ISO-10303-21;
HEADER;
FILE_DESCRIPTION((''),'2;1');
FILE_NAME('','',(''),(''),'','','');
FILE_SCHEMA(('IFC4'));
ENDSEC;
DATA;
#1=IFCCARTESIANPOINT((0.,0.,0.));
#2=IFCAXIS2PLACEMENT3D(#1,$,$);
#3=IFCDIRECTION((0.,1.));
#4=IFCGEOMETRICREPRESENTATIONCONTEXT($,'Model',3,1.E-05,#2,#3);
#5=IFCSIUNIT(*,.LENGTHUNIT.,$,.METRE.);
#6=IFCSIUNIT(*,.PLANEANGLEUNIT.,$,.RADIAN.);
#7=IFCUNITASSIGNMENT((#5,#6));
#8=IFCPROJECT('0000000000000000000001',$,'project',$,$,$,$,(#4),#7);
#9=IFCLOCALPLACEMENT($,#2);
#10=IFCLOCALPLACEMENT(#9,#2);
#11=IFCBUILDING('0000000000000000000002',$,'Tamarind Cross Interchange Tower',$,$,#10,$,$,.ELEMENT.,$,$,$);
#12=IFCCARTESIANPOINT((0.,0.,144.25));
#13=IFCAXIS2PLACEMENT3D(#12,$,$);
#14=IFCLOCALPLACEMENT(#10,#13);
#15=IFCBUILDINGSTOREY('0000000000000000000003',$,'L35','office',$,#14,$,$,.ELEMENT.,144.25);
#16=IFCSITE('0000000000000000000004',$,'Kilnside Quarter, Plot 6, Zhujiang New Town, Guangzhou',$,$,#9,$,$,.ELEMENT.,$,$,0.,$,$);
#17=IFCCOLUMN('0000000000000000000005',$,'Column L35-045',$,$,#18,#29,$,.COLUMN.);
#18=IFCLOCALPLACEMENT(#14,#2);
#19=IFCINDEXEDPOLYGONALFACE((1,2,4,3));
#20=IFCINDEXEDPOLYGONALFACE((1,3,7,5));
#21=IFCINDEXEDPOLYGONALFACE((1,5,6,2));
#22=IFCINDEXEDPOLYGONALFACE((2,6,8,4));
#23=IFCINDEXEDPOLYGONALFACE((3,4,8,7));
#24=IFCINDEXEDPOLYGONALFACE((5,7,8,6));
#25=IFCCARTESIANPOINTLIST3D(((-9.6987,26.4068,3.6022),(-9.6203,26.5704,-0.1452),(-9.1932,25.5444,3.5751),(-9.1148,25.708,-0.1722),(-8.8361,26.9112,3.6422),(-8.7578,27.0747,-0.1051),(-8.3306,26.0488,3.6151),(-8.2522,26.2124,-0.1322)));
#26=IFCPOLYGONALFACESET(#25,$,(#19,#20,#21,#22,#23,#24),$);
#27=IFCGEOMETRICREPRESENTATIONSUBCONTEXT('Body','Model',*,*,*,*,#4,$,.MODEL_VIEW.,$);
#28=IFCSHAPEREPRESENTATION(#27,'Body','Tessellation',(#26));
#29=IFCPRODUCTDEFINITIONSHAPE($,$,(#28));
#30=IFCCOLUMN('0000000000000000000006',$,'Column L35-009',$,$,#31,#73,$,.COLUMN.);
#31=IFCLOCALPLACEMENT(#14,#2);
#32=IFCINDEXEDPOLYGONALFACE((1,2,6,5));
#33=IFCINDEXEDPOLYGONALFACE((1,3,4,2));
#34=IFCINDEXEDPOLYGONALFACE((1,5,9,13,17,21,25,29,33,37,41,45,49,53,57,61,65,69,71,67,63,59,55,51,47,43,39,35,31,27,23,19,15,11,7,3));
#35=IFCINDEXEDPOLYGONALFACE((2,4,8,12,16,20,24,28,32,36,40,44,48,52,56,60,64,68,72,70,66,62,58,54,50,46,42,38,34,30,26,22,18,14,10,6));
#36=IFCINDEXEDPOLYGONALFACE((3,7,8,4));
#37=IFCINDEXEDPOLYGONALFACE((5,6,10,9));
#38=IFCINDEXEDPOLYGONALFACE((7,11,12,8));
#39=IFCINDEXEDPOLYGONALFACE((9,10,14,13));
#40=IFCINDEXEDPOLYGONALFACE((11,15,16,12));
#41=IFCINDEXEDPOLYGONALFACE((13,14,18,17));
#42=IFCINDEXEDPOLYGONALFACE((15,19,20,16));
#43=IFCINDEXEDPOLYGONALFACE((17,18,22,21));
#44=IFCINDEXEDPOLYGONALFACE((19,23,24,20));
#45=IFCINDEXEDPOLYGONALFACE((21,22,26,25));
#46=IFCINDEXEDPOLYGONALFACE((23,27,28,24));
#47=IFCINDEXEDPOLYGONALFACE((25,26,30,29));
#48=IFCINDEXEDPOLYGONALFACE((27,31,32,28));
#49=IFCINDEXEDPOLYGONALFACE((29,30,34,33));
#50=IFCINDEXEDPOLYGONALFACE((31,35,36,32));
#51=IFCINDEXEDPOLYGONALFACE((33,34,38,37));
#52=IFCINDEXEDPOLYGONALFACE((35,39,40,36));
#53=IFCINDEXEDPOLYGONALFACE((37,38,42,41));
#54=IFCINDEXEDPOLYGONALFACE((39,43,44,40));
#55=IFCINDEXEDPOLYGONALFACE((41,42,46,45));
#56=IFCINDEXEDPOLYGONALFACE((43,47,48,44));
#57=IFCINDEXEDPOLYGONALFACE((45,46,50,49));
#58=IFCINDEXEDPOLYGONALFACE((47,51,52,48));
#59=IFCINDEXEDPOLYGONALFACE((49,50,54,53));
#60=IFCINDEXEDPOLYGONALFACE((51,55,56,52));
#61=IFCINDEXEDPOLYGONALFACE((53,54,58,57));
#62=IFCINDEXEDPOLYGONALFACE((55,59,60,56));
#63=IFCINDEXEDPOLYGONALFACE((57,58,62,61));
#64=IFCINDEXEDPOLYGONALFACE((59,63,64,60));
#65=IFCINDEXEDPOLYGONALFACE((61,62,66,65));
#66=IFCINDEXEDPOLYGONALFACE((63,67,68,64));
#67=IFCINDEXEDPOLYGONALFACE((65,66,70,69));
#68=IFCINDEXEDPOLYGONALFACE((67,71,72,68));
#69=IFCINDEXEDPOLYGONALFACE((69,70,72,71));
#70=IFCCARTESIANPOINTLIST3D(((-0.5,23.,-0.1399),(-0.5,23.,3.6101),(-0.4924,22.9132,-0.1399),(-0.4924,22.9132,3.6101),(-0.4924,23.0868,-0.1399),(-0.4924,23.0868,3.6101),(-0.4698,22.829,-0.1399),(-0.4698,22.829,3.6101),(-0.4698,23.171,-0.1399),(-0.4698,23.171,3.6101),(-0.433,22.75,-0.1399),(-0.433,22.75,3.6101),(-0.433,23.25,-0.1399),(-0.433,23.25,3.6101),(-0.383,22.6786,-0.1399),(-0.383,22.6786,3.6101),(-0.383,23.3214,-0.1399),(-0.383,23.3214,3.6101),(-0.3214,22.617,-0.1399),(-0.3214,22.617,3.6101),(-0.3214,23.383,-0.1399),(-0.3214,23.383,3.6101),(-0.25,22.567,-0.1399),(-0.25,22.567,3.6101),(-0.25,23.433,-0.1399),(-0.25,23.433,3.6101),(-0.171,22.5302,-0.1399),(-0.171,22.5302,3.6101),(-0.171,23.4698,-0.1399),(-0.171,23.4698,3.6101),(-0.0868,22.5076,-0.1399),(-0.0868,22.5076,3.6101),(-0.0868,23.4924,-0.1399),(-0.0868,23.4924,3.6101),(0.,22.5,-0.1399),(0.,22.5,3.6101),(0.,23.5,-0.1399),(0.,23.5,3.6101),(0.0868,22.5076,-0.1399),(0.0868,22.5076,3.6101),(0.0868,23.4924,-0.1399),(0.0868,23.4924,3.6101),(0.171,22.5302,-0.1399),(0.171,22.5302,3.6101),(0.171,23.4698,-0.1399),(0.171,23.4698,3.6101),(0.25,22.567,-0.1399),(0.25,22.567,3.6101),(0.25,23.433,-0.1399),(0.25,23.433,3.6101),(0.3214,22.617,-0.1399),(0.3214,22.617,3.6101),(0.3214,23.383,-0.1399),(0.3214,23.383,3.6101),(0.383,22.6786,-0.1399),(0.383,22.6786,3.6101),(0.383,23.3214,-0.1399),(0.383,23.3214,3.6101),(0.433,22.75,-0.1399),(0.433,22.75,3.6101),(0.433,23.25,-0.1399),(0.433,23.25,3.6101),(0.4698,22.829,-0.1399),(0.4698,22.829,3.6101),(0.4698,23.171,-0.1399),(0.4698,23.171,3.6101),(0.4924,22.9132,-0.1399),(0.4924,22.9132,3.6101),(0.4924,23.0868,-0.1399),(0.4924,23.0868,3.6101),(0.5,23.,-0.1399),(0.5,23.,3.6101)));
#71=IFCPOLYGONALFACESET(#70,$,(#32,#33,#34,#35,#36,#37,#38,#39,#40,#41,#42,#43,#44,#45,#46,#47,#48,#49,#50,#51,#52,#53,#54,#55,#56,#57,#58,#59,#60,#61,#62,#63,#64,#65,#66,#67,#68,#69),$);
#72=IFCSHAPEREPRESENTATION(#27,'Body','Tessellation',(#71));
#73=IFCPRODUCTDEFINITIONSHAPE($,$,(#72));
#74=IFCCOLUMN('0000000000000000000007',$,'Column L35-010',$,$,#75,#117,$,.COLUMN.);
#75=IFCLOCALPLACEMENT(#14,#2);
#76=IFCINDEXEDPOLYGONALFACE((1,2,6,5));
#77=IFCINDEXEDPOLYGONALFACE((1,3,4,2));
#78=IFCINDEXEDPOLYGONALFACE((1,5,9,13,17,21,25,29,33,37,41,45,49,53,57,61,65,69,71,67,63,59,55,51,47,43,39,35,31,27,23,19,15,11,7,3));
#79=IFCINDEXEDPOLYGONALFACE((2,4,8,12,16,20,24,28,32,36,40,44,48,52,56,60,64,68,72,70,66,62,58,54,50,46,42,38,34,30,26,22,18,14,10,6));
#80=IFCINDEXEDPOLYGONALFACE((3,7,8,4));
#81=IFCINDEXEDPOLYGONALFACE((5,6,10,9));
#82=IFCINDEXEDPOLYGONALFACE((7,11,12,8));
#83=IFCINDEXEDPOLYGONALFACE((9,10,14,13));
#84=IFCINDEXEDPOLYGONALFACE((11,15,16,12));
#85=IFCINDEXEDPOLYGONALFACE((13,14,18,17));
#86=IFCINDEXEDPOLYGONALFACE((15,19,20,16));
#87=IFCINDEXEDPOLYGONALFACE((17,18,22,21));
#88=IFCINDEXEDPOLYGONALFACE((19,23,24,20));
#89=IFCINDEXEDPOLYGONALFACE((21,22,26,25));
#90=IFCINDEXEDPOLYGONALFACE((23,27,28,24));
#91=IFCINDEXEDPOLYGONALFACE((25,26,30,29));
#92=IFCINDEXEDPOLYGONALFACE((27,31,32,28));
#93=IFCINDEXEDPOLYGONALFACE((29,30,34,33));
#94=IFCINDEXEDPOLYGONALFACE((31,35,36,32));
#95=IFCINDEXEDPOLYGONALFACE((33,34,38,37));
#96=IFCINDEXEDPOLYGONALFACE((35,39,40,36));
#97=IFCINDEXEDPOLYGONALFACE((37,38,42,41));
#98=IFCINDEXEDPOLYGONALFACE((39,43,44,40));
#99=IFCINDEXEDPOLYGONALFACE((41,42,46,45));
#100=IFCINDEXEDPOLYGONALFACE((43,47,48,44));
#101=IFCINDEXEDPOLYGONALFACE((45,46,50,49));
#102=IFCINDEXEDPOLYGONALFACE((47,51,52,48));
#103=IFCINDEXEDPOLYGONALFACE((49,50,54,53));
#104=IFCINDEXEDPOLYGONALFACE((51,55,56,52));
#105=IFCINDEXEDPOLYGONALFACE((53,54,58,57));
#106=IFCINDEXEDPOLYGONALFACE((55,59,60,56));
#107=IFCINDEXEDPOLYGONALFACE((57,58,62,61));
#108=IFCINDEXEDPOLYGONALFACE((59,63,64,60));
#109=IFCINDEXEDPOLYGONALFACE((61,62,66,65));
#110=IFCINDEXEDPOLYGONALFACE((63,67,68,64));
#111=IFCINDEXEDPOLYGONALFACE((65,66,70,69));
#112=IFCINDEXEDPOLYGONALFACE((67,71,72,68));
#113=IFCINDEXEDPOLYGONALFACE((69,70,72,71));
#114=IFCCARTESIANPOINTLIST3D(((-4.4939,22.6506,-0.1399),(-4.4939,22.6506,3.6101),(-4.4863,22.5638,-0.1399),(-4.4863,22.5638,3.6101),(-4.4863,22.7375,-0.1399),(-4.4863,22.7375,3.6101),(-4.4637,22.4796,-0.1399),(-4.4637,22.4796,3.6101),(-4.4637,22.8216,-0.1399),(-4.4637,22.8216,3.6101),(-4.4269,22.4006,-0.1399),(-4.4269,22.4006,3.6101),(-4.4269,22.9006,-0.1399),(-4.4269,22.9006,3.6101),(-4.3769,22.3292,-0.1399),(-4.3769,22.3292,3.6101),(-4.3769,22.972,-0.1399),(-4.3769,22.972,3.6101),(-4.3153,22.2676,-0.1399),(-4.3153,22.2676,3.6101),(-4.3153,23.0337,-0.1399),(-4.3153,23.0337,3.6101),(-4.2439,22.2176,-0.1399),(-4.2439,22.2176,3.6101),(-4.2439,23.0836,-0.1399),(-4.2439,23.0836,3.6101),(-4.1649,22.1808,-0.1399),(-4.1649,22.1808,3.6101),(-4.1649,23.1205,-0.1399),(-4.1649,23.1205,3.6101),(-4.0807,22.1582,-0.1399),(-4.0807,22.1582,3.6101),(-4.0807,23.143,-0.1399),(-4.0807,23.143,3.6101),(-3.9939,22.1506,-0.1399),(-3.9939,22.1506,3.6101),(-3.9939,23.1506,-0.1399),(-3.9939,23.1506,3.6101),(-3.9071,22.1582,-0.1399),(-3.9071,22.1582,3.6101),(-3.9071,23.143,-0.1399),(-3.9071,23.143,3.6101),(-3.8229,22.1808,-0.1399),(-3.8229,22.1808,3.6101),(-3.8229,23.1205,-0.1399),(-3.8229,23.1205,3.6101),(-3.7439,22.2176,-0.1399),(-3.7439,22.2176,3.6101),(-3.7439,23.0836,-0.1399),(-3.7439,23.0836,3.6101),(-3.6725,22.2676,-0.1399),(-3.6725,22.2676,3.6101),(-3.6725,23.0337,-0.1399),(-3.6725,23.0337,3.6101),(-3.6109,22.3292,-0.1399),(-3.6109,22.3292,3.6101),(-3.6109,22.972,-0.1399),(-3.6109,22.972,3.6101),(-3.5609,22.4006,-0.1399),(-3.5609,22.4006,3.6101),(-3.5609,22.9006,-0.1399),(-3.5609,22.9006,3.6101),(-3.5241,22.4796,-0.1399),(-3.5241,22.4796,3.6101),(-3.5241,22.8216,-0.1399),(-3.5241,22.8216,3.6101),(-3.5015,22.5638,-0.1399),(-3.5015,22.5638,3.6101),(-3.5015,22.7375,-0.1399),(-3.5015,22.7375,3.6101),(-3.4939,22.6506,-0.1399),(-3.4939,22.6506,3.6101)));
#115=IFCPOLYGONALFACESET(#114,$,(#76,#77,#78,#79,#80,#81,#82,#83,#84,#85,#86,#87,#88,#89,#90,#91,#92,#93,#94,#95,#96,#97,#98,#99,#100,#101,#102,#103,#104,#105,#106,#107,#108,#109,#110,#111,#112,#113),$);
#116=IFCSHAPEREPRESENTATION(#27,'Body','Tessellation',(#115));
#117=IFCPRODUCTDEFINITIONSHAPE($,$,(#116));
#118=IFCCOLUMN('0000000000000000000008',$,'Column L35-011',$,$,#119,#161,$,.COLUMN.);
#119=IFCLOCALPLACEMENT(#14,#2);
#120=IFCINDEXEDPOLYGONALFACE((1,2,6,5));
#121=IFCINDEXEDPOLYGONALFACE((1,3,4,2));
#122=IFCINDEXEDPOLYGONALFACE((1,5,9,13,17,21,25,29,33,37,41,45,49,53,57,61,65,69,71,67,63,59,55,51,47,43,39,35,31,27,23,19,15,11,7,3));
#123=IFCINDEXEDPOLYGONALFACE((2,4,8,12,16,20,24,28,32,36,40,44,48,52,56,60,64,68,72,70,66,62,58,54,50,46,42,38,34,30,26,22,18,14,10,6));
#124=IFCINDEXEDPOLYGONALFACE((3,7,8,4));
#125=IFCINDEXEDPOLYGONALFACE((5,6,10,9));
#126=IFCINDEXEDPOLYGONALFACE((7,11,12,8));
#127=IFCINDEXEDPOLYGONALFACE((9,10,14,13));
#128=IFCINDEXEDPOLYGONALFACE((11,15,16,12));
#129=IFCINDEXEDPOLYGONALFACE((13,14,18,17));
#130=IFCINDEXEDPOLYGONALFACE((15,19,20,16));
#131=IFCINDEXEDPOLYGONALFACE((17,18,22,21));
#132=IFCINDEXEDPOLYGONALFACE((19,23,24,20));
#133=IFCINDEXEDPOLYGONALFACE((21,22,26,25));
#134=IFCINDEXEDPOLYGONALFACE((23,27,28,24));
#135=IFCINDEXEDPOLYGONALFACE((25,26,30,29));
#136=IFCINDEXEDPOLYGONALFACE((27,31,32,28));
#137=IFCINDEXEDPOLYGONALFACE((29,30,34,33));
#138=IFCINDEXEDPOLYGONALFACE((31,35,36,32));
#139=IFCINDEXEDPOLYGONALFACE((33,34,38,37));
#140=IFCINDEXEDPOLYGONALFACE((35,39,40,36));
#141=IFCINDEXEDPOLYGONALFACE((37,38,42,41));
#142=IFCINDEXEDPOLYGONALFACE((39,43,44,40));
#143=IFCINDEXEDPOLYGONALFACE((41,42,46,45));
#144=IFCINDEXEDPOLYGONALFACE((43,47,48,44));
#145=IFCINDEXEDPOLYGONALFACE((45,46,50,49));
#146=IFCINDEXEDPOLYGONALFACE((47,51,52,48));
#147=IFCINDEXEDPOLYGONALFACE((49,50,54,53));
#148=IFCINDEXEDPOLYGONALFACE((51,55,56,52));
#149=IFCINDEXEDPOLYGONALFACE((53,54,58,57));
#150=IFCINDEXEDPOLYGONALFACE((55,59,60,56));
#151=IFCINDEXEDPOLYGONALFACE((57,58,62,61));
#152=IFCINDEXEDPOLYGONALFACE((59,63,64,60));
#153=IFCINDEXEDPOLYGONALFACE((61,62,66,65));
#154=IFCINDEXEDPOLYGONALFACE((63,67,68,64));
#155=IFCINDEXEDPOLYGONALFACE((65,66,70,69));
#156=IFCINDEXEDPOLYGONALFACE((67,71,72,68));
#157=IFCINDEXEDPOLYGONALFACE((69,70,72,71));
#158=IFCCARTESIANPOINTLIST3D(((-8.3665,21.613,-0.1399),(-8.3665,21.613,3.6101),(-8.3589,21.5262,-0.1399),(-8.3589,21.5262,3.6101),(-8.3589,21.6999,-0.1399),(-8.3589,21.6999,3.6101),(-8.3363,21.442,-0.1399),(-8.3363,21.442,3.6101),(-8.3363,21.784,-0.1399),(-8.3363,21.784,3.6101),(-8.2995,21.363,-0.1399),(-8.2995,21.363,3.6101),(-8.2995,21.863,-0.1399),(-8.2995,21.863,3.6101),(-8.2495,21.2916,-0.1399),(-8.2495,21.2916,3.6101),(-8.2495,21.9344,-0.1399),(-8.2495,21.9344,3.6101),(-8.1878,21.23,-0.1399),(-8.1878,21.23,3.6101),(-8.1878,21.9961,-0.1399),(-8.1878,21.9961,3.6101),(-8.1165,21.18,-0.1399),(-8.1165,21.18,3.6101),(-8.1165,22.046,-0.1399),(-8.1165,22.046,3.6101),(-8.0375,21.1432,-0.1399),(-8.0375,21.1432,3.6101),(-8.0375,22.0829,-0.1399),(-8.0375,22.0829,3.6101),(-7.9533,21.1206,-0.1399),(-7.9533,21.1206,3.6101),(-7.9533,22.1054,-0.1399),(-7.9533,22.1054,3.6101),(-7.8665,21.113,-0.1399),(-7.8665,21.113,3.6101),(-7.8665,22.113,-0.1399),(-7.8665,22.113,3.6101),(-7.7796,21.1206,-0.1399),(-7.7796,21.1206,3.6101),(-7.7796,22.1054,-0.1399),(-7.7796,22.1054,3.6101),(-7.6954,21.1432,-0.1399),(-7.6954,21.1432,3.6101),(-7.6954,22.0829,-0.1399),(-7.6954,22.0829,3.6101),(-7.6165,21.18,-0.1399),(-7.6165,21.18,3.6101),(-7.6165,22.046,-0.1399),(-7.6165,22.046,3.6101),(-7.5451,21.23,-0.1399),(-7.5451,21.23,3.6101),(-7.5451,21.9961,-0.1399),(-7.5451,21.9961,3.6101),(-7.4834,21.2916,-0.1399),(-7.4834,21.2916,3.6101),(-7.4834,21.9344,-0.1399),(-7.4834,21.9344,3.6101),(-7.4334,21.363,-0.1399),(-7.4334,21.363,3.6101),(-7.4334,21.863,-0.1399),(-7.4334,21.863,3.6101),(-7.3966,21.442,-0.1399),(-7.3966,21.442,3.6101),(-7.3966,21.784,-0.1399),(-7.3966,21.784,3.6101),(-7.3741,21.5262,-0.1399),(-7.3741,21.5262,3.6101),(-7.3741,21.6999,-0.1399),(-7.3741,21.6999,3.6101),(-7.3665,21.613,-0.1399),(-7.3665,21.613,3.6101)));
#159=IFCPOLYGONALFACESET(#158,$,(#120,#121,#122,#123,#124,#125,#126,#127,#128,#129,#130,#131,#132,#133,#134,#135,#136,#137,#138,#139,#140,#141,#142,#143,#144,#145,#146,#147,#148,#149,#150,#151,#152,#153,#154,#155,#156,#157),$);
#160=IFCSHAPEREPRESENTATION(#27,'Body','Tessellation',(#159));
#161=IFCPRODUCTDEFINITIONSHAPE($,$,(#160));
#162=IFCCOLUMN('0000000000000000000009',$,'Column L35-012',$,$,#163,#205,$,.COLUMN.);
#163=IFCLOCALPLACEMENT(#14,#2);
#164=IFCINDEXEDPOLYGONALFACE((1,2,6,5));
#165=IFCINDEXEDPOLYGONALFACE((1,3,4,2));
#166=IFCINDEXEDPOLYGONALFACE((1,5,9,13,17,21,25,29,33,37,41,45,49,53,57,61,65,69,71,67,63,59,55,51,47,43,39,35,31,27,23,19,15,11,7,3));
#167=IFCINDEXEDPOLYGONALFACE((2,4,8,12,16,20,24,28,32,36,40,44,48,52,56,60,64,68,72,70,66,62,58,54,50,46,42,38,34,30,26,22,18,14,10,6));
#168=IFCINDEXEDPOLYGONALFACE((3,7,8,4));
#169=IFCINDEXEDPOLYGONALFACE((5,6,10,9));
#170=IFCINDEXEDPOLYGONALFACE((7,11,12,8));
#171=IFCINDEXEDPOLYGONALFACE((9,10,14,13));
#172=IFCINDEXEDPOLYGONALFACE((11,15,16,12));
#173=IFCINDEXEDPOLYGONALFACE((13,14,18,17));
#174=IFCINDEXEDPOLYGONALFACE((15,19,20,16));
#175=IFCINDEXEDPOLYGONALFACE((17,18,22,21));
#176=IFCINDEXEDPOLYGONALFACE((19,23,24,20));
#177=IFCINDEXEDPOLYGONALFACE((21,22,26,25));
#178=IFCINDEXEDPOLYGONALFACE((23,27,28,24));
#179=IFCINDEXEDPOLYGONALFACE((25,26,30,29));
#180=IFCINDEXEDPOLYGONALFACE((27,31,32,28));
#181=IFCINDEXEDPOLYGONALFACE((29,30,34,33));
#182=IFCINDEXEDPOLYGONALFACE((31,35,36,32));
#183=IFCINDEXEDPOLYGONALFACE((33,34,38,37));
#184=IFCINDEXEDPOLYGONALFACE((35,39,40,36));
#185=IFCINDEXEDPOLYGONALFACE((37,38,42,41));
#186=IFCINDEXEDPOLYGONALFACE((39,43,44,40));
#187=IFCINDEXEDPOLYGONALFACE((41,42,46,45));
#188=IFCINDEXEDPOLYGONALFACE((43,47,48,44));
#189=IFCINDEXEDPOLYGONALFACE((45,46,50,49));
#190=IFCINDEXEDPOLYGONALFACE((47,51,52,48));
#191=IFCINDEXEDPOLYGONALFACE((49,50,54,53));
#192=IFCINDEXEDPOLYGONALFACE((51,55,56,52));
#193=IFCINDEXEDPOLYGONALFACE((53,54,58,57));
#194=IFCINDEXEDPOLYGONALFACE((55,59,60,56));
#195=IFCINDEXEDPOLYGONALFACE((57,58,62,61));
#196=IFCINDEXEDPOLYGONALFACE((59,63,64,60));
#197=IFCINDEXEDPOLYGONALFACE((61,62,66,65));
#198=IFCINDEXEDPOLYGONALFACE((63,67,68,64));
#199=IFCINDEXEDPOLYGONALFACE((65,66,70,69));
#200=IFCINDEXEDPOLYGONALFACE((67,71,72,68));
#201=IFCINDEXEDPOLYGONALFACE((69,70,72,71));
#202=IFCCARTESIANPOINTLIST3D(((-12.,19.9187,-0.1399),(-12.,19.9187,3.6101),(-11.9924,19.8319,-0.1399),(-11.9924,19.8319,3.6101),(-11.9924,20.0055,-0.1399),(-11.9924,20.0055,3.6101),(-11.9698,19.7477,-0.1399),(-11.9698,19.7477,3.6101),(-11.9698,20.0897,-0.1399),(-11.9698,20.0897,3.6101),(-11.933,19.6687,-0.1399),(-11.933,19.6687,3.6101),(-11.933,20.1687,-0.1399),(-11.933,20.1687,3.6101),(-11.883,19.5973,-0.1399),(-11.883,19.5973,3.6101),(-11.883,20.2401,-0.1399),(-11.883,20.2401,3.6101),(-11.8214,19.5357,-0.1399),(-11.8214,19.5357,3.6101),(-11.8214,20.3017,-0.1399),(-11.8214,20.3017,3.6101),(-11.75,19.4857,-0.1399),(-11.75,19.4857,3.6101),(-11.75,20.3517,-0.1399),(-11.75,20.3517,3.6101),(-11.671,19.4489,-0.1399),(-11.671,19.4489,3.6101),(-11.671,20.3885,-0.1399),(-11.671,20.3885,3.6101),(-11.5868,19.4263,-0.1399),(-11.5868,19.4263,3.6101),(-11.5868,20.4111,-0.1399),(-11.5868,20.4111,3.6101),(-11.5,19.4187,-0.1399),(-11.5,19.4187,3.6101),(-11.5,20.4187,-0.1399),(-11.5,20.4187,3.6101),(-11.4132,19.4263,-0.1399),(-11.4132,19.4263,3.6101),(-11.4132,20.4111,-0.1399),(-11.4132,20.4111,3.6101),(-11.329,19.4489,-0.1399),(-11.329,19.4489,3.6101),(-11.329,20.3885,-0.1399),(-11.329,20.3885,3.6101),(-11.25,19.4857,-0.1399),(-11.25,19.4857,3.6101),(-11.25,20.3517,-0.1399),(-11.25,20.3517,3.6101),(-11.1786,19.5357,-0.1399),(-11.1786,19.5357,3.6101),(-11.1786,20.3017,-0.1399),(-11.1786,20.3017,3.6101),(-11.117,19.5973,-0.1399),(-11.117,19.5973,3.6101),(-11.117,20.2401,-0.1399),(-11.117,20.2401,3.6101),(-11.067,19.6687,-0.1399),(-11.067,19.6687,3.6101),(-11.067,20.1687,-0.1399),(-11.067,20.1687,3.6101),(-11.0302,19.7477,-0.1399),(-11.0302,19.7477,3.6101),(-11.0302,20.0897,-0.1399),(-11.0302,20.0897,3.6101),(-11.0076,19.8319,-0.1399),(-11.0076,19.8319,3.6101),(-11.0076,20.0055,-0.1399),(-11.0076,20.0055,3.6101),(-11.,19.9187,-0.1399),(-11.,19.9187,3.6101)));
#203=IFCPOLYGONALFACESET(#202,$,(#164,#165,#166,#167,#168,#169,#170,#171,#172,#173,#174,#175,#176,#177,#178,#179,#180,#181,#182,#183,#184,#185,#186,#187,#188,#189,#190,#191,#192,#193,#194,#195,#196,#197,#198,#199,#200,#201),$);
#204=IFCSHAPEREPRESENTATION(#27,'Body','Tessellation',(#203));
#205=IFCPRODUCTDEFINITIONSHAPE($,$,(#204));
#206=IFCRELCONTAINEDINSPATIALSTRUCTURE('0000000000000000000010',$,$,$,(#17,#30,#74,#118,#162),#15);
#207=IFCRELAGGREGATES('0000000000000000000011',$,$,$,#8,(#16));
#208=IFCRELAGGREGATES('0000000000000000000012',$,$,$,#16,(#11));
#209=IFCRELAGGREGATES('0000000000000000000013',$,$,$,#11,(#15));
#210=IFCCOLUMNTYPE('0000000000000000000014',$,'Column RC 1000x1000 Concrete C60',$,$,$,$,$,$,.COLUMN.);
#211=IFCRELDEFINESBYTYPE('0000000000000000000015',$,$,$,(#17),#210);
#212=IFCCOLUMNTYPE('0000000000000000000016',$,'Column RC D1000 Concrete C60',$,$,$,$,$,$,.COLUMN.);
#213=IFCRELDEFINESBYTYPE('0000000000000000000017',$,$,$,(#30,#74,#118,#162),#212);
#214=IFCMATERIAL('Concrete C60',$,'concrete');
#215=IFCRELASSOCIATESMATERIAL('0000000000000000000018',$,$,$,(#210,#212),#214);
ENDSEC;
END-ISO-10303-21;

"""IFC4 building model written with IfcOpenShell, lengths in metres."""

from ifc_helpers import new_model, si_unit, direction, frame, origin, origin_2d, place, context, subcontext, project, spatial, rectangle, circle, extrude, material, material_profile, profile_set, type_object, element, save


model = new_model("IFC4")

# Units and contexts
model_context = context("Model", 3, precision=1e-05, world=origin(), true_north=direction((0.0, 1.0)))
body_context = subcontext(model_context, "Body", "Model", "MODEL_VIEW")
ifc_project = project(units=[si_unit("LENGTHUNIT", "METRE"), si_unit("PLANEANGLEUNIT", "RADIAN")], contexts=[model_context])

# Site, building, storey
site_placement = place(None, origin())
site = spatial("IfcSite", under=ifc_project, at=site_placement, Name="Kilnside Quarter, Plot 6, Zhujiang New Town, Guangzhou", CompositionType="ELEMENT", RefElevation=0.0)
building_placement = place(site_placement, origin())
building = spatial("IfcBuilding", under=site, at=building_placement, Name="Tamarind Cross Interchange Tower", CompositionType="ELEMENT")
storey_placement = place(building_placement, frame((0.0, 0.0, 144.25)))
storey = spatial("IfcBuildingStorey", under=building, at=storey_placement, Name="L35", Description="office", CompositionType="ELEMENT", Elevation=144.25)

# Columns
ifc_material_1 = material(Name="Concrete C60", Category="concrete")
ifc_material_profile_1 = material_profile(ifc_material_1, rectangle(XDim=1.0, YDim=1.0, at=origin_2d()), Name="RC 1000x1000")
ifc_profile_set_1 = profile_set([ifc_material_profile_1], Name="Concrete C60")
column_type_1 = type_object("IfcColumnType", Name="Column RC 1000x1000 Concrete C60", PredefinedType="COLUMN", material=ifc_profile_set_1)
column_placement = place(storey_placement, frame((-8.9363, 26.3914, -0.1387), z_axis=(-0.020889, -0.0436, 0.998831), x_axis=(0.862555, 0.504375, 0.040055)))
element("IfcColumn", 1, at=column_placement, inside=storey, type_object=column_type_1, Name="Column L35-045", PredefinedType="COLUMN", context=body_context, shape_type="SweptSolid", body=[
    extrude(rectangle(XDim=1.0, YDim=1.0, at=origin_2d()), origin(), (0.0, 0.0, 1.0), 3.7517),
])
ifc_material_profile_2 = material_profile(ifc_material_1, circle(Radius=0.5, at=origin_2d()), Name="RC D1000")
ifc_profile_set_2 = profile_set([ifc_material_profile_2], Name="Concrete C60")
column_type_2 = type_object("IfcColumnType", Name="Column RC D1000 Concrete C60", PredefinedType="COLUMN", material=ifc_profile_set_2)
for number, where, z_axis, x_axis, name in (
    (2, (0.0, 23.0, -0.1399), (0.0, 0.0, 1.0), (1.0, 0.0, 0.0), "Column L35-009"),
    (3, (-3.9939, 22.6506, -0.1399), (0.0, 0.0, 1.0), (1.0, 0.0, 0.0), "Column L35-010"),
    (4, (-7.8665, 21.613, -0.1399), (0.0, 0.0, 1.0), (1.0, 0.0, 0.0), "Column L35-011"),
    (5, (-11.5, 19.9187, -0.1399), (0.0, 0.0, 1.0), (1.0, 0.0, 0.0), "Column L35-012"),
):
    element("IfcColumn", number, at=place(storey_placement, frame(where, z_axis=z_axis, x_axis=x_axis)), inside=storey, type_object=column_type_2, Name=name, PredefinedType="COLUMN", context=body_context, shape_type="SweptSolid", body=[
        extrude(circle(Radius=0.5, at=origin_2d()), origin(), (0.0, 0.0, 1.0), 3.75),
    ])

save(model, "model.ifc")
